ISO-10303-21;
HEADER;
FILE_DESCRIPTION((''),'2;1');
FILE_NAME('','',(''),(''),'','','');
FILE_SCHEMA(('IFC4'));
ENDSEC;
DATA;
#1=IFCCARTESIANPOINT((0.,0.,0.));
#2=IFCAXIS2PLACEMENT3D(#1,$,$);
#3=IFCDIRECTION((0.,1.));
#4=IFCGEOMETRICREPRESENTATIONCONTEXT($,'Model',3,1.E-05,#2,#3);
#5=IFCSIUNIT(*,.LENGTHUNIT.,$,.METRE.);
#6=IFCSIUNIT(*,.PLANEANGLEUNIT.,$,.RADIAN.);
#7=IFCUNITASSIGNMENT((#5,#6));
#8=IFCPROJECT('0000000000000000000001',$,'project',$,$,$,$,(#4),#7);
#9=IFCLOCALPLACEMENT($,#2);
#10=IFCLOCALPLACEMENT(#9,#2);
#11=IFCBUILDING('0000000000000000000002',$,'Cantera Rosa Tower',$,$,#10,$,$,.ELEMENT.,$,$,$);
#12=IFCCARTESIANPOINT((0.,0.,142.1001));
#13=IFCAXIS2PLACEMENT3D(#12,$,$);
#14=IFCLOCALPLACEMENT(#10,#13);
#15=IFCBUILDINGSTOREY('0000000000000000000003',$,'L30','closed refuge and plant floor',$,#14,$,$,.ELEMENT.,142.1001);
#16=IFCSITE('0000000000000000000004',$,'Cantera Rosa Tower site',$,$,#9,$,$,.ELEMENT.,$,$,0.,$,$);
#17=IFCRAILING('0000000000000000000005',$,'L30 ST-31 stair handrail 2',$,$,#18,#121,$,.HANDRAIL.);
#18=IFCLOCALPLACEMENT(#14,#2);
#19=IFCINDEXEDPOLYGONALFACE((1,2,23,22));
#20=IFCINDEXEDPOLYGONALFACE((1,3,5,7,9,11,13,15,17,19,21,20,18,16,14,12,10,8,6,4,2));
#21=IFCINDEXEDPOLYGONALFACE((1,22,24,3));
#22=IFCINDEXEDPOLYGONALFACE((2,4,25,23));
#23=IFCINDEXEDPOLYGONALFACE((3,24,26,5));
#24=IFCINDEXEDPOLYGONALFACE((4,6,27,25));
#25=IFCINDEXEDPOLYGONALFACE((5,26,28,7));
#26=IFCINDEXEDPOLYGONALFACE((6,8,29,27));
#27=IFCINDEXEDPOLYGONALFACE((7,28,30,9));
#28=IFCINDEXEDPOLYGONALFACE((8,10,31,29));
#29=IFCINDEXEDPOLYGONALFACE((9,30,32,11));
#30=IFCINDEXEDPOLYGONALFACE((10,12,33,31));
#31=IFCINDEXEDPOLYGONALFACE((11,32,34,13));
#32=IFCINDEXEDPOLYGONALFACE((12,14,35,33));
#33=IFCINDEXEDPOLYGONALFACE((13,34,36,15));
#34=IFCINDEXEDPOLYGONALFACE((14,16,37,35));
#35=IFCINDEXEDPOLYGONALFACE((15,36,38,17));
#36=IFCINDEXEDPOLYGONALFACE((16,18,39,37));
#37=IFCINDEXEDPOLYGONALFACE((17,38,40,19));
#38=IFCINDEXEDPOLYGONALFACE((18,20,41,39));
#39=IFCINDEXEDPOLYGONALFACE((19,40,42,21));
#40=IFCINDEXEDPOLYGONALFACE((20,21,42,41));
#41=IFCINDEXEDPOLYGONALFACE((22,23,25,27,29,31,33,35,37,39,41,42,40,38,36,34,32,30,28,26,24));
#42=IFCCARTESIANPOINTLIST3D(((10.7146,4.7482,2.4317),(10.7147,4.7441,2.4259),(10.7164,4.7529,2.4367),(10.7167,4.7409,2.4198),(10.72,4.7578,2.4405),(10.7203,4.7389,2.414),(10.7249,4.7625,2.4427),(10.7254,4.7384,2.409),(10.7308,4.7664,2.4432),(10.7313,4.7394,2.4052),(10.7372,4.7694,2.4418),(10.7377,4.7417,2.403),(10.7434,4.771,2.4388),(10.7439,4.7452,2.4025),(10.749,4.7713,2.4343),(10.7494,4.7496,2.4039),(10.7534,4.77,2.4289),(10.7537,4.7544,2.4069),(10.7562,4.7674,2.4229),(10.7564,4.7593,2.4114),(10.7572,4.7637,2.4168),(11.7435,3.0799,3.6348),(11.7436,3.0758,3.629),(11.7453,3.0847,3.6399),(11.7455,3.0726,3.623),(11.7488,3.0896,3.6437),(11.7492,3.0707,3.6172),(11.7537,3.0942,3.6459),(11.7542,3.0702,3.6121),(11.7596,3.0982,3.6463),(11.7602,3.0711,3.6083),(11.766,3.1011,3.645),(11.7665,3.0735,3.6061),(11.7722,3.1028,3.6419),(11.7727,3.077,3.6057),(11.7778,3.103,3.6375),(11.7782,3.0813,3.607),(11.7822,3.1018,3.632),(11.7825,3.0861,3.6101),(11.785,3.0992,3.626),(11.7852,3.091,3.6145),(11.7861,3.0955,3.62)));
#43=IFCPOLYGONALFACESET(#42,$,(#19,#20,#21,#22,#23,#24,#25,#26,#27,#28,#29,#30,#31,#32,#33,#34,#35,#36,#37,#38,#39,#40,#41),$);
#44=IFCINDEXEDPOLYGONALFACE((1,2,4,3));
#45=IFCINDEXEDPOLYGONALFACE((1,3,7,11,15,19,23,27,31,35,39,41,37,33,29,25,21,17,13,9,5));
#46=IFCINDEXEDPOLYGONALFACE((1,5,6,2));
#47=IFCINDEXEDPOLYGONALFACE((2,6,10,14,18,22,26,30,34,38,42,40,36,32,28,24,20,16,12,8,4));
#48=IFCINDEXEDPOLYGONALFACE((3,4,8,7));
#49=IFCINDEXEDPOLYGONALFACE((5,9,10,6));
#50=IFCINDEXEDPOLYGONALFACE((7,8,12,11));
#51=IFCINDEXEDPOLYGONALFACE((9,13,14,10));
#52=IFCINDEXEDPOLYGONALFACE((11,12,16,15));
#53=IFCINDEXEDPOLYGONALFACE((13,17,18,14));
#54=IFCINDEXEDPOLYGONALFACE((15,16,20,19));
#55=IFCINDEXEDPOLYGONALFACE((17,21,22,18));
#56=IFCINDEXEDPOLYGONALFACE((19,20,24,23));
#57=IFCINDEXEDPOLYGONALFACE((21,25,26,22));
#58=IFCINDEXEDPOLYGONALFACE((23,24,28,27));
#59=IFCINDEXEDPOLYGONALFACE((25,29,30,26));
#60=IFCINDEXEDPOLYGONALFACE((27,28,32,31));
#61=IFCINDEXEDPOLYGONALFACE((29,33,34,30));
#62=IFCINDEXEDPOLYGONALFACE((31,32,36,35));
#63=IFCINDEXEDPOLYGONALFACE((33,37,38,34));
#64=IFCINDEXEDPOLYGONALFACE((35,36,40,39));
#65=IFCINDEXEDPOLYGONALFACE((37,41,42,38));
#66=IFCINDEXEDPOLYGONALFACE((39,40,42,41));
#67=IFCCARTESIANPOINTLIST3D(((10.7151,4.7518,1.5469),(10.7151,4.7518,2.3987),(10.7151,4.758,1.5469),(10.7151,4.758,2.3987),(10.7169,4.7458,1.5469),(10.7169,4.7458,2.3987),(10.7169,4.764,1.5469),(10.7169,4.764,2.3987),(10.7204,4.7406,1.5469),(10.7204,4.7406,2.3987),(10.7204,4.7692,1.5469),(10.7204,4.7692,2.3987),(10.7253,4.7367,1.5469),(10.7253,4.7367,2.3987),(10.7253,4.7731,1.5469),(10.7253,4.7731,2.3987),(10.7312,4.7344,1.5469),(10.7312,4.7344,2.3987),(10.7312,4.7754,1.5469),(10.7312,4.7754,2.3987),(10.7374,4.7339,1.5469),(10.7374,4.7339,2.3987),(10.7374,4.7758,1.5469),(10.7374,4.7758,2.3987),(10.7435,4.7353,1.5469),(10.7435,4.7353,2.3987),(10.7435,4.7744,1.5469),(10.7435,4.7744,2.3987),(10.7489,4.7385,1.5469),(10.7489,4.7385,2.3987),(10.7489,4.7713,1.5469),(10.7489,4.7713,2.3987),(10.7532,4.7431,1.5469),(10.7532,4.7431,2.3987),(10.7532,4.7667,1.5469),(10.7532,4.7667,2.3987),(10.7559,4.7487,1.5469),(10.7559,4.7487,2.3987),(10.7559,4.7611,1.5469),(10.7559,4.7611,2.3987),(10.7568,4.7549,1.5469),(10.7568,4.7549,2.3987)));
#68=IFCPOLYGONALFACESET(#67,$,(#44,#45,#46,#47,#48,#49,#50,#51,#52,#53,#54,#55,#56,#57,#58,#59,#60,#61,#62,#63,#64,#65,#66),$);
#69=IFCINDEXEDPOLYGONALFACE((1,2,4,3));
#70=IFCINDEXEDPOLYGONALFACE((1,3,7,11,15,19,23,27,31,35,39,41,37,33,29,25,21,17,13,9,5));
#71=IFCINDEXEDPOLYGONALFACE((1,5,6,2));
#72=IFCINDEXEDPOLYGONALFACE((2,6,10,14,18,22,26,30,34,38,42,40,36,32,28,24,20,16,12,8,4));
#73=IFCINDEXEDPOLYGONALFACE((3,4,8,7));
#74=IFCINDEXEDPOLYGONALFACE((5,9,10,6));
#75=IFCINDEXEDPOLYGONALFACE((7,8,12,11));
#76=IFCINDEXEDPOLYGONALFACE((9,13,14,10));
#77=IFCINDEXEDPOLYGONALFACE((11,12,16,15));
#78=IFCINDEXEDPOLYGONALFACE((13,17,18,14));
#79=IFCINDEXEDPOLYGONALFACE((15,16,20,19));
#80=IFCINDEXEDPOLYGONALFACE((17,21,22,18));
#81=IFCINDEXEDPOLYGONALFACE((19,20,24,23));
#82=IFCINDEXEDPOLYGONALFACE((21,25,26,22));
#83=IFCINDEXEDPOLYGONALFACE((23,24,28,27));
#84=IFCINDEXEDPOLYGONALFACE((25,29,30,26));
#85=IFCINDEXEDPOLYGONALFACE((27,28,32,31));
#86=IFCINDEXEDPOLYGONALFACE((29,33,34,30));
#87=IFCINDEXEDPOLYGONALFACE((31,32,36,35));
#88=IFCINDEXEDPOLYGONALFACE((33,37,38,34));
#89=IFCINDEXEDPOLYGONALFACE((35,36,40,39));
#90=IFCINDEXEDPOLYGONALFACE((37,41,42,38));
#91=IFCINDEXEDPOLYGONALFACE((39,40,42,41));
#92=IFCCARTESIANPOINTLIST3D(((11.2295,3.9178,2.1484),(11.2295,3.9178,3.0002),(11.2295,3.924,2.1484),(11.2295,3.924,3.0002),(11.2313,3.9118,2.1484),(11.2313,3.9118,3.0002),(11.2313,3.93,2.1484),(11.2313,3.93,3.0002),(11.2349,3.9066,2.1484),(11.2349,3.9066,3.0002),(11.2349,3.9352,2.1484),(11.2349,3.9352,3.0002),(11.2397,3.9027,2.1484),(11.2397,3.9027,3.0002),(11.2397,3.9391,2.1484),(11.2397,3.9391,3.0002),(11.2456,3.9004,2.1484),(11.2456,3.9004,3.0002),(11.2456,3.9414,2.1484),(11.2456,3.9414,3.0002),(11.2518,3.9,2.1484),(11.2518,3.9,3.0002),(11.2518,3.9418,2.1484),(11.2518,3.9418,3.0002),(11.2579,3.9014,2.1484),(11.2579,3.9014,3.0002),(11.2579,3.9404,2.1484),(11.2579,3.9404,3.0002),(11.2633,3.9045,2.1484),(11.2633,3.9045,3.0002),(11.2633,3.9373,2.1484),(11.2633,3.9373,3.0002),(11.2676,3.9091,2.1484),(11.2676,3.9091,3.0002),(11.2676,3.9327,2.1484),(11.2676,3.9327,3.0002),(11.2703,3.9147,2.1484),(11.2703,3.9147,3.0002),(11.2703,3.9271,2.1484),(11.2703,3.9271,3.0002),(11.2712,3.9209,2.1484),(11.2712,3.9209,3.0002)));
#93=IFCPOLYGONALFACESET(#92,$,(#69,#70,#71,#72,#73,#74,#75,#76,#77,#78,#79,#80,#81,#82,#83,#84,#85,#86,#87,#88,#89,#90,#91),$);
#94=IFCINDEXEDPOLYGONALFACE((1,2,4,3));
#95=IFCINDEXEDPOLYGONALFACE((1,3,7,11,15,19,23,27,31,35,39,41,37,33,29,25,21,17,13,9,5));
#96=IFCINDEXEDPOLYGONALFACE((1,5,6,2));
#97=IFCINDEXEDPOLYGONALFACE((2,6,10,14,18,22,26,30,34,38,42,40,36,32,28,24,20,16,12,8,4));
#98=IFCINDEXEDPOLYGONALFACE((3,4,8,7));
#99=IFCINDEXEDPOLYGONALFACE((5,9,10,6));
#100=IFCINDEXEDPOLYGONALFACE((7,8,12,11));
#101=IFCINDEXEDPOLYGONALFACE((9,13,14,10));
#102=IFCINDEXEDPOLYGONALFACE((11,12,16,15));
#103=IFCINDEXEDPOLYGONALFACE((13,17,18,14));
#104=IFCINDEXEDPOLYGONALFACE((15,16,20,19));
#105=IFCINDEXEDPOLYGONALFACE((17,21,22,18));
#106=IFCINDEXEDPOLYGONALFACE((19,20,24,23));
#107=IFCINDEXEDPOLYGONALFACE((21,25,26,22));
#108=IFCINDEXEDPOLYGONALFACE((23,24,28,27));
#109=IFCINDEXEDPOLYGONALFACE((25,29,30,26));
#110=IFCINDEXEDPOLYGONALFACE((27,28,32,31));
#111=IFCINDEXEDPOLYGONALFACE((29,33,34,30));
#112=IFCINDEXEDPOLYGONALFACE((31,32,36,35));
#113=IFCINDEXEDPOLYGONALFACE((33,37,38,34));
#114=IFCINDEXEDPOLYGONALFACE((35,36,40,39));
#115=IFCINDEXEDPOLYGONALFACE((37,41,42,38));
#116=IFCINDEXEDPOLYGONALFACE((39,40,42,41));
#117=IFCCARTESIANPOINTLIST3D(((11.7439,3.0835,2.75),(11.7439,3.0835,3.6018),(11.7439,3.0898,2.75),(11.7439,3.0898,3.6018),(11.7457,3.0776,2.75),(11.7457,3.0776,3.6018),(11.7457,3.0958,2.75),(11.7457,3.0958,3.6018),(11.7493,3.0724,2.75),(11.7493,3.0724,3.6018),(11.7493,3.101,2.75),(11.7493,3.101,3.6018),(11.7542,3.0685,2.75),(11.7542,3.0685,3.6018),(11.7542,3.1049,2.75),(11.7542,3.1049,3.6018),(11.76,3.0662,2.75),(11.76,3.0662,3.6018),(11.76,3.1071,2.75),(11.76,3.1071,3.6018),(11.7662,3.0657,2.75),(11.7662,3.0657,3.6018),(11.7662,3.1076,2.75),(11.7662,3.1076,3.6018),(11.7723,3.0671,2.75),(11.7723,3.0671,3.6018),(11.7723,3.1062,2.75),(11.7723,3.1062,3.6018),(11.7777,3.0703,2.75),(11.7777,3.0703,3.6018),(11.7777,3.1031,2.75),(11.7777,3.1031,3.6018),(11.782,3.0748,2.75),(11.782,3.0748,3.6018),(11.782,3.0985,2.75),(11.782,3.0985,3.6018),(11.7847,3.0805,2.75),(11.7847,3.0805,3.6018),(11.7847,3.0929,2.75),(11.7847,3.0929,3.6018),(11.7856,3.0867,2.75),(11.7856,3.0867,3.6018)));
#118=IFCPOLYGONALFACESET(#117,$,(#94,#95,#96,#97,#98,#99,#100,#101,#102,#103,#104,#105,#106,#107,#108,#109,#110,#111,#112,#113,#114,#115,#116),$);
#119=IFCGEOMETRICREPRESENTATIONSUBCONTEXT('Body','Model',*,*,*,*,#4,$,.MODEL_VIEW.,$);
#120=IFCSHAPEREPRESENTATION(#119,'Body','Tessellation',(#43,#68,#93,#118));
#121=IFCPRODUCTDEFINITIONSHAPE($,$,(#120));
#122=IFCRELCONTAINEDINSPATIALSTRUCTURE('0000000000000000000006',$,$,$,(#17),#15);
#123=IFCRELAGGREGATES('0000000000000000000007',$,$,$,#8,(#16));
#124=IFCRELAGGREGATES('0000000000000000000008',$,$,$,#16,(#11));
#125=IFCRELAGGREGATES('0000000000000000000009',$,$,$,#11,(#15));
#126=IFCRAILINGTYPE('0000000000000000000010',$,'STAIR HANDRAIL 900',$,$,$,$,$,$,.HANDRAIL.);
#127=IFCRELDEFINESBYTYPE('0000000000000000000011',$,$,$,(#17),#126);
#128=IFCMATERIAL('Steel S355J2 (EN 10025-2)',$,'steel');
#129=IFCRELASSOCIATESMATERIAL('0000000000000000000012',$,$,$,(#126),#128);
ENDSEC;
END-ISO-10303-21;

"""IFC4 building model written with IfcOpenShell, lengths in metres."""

from ifc_helpers import new_model, si_unit, direction, frame, origin, origin_2d, place, context, subcontext, project, spatial, circle, extrude, material, type_object, element, save


model = new_model("IFC4")

# Units and contexts
model_context = context("Model", 3, precision=1e-05, world=origin(), true_north=direction((0.0, 1.0)))
body_context = subcontext(model_context, "Body", "Model", "MODEL_VIEW")
ifc_project = project(units=[si_unit("LENGTHUNIT", "METRE"), si_unit("PLANEANGLEUNIT", "RADIAN")], contexts=[model_context])

# Site, building, storey
site_placement = place(None, origin())
site = spatial("IfcSite", under=ifc_project, at=site_placement, Name="Cantera Rosa Tower site", CompositionType="ELEMENT", RefElevation=0.0)
building_placement = place(site_placement, origin())
building = spatial("IfcBuilding", under=site, at=building_placement, Name="Cantera Rosa Tower", CompositionType="ELEMENT")
storey_placement = place(building_placement, frame((0.0, 0.0, 142.1001)))
storey = spatial("IfcBuildingStorey", under=building, at=storey_placement, Name="L30", Description="closed refuge and plant floor", CompositionType="ELEMENT", Elevation=142.1001)

# Railing
ifc_material_1 = material(Name="Steel S355J2 (EN 10025-2)", Category="steel")
railing_type_1 = type_object("IfcRailingType", Name="STAIR HANDRAIL 900", PredefinedType="HANDRAIL", material=ifc_material_1)
railing_1_placement = place(storey_placement, frame((10.7358, 4.7549, 1.5469)))
element("IfcRailing", 1, at=railing_1_placement, inside=storey, type_object=railing_type_1, Name="L30 ST-31 stair handrail 2", PredefinedType="HANDRAIL", context=body_context, shape_type="SweptSolid", body=[
    extrude(circle(Radius=0.0239, at=origin_2d()), frame((0.0, 0.0, 0.876), z_axis=(0.447355, -0.725386, 0.523153), x_axis=(0.851153, 0.524917, 0.0)), (0.0, 0.0, 1.0), 2.2998),
    extrude(circle(Radius=0.021, at=origin_2d()), origin(), (0.0, 0.0, 1.0), 0.8518),
    extrude(circle(Radius=0.021, at=origin_2d()), frame((0.5144, -0.834, 0.6016)), (0.0, 0.0, 1.0), 0.8518),
    extrude(circle(Radius=0.021, at=origin_2d()), frame((1.0288, -1.6682, 1.2031)), (0.0, 0.0, 1.0), 0.8518),
])

save(model, "model.ifc")
